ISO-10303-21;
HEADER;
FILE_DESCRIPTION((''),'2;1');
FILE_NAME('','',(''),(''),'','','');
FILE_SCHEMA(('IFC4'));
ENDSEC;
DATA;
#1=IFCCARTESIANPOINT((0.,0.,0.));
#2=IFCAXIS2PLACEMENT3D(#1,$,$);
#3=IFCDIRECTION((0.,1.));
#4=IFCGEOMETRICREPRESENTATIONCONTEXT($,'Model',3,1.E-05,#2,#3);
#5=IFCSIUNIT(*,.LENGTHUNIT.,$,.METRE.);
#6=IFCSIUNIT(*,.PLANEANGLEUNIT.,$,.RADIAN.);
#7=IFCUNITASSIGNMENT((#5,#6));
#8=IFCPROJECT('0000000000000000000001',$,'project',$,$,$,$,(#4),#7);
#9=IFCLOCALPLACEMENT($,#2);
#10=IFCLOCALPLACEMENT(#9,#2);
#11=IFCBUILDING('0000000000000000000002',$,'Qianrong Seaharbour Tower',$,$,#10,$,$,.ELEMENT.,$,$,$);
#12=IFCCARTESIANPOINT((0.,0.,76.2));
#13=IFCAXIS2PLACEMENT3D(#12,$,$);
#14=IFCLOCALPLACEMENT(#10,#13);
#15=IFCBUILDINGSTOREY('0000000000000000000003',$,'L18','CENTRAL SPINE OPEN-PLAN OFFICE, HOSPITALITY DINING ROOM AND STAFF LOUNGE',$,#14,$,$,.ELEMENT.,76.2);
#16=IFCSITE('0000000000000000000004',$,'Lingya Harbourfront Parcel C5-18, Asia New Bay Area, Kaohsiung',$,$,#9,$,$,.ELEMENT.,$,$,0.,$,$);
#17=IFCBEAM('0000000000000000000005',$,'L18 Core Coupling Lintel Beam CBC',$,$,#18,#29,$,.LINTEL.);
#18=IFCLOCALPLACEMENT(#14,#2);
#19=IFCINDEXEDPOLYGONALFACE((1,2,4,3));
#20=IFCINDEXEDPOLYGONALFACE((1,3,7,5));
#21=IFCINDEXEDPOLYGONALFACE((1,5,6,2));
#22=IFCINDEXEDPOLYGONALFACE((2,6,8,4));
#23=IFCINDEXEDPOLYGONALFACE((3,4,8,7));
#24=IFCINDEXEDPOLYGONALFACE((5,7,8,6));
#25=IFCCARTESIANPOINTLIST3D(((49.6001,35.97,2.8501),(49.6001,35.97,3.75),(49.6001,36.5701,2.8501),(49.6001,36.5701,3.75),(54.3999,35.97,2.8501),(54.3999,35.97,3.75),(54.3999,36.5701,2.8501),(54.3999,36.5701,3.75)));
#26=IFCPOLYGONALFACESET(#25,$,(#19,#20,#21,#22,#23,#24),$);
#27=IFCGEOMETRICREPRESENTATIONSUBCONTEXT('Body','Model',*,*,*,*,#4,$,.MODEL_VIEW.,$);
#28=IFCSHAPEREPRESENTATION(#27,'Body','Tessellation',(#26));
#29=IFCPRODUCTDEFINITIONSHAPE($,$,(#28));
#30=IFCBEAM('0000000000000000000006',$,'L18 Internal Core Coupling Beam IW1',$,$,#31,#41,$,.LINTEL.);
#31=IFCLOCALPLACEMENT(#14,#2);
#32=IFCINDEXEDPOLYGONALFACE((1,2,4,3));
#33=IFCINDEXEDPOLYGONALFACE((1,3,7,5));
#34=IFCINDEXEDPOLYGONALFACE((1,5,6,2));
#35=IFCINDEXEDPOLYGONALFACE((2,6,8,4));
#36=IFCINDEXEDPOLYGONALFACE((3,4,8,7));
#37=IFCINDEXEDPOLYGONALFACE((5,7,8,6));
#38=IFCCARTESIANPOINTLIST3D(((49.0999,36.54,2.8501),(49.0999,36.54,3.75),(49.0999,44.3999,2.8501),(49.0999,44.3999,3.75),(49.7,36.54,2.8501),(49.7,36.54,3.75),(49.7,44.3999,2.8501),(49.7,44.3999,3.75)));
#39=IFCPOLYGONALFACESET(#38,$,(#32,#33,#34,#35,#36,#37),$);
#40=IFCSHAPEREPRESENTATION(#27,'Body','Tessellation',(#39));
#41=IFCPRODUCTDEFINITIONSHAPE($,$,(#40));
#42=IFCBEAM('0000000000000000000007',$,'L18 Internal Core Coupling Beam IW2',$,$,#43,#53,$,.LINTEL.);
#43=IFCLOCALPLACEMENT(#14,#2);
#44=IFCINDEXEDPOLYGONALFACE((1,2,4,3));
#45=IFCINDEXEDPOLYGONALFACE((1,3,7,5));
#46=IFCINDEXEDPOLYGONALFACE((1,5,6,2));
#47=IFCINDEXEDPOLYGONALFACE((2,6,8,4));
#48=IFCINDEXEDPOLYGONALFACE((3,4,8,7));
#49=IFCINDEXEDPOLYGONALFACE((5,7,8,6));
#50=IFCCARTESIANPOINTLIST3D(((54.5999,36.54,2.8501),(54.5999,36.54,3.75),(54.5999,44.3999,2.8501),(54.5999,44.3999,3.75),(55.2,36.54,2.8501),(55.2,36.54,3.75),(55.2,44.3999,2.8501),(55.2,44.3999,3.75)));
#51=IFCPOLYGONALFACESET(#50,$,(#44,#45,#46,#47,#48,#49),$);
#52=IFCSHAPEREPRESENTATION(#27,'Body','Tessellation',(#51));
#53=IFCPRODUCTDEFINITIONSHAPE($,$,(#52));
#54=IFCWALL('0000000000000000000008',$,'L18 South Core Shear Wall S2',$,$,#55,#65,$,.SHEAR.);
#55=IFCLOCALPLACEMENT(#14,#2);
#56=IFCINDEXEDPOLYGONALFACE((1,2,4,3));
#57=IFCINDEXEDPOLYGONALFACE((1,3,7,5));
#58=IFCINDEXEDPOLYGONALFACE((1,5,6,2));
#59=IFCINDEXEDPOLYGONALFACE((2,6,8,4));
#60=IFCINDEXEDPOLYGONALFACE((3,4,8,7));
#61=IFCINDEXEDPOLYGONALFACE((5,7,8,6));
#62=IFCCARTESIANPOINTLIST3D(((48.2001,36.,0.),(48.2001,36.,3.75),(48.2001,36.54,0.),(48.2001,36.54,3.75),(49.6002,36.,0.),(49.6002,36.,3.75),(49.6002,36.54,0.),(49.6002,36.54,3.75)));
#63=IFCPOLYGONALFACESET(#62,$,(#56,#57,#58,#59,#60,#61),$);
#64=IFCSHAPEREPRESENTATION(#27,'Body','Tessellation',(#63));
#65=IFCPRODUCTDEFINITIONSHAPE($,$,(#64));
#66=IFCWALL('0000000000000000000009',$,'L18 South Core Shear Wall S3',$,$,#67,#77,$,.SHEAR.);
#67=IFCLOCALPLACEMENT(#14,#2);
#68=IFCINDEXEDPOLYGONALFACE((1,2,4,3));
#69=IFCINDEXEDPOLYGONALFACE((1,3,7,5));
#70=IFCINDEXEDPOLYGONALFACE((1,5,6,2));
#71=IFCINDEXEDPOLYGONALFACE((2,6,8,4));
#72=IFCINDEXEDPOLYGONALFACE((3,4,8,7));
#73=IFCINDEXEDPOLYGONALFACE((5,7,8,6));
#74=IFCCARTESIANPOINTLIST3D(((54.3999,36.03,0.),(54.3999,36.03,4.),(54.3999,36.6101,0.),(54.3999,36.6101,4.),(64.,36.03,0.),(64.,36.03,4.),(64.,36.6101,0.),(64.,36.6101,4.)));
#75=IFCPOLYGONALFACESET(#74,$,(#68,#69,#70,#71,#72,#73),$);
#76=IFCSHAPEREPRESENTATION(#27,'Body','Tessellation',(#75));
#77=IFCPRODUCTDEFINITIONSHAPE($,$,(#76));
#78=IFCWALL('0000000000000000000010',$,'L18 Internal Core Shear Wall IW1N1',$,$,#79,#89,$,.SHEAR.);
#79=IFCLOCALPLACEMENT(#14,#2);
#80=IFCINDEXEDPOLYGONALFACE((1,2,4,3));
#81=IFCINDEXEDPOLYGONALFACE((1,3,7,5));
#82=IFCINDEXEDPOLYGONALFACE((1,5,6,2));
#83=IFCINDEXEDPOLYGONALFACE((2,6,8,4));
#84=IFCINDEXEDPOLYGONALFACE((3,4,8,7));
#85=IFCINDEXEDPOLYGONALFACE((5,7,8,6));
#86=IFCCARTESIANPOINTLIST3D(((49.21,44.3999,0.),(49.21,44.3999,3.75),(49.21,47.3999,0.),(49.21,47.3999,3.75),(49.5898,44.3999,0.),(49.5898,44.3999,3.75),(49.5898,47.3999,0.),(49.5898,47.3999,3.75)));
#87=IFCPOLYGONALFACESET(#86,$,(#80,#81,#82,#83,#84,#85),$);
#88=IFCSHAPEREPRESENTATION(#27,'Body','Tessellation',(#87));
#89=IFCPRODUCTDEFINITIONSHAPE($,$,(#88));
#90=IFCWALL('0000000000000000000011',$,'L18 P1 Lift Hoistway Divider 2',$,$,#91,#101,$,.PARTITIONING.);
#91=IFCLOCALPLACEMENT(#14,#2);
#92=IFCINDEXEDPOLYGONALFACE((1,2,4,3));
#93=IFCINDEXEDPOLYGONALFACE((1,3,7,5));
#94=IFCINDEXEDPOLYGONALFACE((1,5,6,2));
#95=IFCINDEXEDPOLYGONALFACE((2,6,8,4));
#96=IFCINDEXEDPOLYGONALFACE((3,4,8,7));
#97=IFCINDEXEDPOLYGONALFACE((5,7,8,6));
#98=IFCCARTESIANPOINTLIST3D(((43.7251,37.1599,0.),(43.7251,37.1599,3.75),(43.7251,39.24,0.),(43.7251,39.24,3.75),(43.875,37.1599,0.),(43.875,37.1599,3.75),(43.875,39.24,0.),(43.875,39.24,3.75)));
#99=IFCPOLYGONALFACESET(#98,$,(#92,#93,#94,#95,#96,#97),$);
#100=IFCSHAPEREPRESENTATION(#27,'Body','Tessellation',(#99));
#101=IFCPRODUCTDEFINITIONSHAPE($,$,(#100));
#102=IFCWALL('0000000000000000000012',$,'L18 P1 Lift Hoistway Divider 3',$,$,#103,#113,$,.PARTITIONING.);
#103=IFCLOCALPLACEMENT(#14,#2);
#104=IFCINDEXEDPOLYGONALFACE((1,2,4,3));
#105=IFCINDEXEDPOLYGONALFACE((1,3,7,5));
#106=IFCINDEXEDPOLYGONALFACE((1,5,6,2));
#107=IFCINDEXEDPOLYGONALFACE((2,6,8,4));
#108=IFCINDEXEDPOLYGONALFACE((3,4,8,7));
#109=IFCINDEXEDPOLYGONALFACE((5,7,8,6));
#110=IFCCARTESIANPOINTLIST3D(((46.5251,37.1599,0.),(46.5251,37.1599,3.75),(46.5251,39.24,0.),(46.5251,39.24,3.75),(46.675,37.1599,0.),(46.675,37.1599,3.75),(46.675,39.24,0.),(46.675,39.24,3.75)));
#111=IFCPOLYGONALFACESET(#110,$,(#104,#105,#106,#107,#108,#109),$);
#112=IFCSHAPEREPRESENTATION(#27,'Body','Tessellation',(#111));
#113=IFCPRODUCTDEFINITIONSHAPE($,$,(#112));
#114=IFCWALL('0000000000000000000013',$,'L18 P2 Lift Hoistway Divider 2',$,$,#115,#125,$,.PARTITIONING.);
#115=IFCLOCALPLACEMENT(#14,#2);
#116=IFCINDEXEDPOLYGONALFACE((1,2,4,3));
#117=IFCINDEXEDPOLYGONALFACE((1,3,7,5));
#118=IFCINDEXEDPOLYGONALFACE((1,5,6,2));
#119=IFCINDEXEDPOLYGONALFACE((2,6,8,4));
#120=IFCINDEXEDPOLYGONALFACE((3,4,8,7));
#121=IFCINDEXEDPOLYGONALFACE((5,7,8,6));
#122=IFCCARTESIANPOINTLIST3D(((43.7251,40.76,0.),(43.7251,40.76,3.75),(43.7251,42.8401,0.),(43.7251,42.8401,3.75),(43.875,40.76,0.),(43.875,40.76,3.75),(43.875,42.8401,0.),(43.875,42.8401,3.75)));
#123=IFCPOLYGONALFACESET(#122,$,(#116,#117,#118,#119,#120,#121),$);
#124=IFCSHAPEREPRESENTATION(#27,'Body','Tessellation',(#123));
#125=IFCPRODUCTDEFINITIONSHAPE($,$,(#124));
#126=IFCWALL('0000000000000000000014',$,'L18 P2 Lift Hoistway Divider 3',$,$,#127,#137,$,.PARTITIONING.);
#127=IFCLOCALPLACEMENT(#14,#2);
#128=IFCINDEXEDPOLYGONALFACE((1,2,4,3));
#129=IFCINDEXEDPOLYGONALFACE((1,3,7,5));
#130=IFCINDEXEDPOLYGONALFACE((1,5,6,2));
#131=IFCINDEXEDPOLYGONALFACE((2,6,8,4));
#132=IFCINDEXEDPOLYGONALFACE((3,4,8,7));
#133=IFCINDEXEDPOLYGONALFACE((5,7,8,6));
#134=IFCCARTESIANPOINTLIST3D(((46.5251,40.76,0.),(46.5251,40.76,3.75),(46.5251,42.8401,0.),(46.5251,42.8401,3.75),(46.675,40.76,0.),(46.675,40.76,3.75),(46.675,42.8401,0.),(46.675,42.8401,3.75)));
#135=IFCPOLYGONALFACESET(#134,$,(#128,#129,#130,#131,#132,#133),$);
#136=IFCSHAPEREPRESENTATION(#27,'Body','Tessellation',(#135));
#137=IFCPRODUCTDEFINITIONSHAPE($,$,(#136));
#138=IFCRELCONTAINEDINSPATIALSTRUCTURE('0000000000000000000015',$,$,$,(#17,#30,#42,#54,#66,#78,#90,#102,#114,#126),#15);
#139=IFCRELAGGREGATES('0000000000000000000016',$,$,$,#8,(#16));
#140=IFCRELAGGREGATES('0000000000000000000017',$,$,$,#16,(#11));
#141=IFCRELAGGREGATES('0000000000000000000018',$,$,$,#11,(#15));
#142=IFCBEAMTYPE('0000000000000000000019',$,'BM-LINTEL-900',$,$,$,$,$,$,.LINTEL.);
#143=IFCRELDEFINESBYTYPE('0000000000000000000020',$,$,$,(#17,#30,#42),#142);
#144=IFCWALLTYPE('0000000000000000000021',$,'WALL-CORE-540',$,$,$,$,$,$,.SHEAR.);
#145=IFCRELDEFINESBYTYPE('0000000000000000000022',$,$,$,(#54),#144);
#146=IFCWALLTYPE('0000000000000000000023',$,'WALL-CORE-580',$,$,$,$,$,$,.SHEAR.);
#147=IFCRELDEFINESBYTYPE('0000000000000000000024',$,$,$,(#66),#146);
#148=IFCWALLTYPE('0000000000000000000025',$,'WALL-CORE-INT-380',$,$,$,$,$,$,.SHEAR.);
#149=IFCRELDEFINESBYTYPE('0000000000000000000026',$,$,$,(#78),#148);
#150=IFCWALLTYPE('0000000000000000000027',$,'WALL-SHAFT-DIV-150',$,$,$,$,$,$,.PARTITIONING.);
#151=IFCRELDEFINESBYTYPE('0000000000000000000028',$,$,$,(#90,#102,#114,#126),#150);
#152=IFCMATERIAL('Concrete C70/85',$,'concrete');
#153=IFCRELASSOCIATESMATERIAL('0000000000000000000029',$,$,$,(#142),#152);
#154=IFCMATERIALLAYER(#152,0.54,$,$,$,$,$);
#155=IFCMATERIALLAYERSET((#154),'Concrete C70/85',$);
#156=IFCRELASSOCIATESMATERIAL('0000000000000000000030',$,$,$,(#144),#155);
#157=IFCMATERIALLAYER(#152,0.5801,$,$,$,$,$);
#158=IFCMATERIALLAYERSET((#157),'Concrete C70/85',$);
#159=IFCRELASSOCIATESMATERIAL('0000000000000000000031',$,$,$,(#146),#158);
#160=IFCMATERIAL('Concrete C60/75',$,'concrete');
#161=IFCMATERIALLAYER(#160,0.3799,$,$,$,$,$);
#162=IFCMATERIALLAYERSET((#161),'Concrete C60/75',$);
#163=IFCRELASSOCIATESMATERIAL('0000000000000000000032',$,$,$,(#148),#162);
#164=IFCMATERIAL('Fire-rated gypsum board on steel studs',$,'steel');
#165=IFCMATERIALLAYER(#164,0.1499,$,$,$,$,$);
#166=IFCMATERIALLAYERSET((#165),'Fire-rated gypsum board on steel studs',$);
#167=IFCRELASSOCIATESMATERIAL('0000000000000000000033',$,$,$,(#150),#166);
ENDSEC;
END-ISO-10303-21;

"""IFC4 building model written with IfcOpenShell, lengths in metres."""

from ifc_helpers import new_model, si_unit, direction, frame, frame_2d, origin, origin_2d, place, context, subcontext, project, spatial, rectangle, extrude, material, layer, layer_set, material_profile, profile_set, type_object, element, save


model = new_model("IFC4")

# Units and contexts
model_context = context("Model", 3, precision=1e-05, world=origin(), true_north=direction((0.0, 1.0)))
body_context = subcontext(model_context, "Body", "Model", "MODEL_VIEW")
ifc_project = project(units=[si_unit("LENGTHUNIT", "METRE"), si_unit("PLANEANGLEUNIT", "RADIAN")], contexts=[model_context])

# Site, building, storey
site_placement = place(None, origin())
site = spatial("IfcSite", under=ifc_project, at=site_placement, Name="Lingya Harbourfront Parcel C5-18, Asia New Bay Area, Kaohsiung", CompositionType="ELEMENT", RefElevation=0.0)
building_placement = place(site_placement, origin())
building = spatial("IfcBuilding", under=site, at=building_placement, Name="Qianrong Seaharbour Tower", CompositionType="ELEMENT")
storey_placement = place(building_placement, frame((0.0, 0.0, 76.2)))
storey = spatial("IfcBuildingStorey", under=building, at=storey_placement, Name="L18", Description="CENTRAL SPINE OPEN-PLAN OFFICE, HOSPITALITY DINING ROOM AND STAFF LOUNGE", CompositionType="ELEMENT", Elevation=76.2)

# Beams
ifc_material_1 = material(Name="Concrete C70/85", Category="concrete")
ifc_material_profile = material_profile(ifc_material_1, rectangle(XDim=0.6001, YDim=0.8999, at=origin_2d()), Name="RC600x900")
ifc_profile_set = profile_set([ifc_material_profile], Name="Concrete C70/85")
beam_type = type_object("IfcBeamType", Name="BM-LINTEL-900", PredefinedType="LINTEL", material=ifc_profile_set)
beam_placement = place(storey_placement, frame((49.6001, 36.27, 3.3), z_axis=(1.0, 0.0, 0.0), x_axis=(0.0, 1.0, 0.0)))
element("IfcBeam", 1, at=beam_placement, inside=storey, type_object=beam_type, Name="L18 Core Coupling Lintel Beam CBC", PredefinedType="LINTEL", context=body_context, shape_type="SweptSolid", body=[
    extrude(rectangle(XDim=0.6001, YDim=0.8999, at=origin_2d()), origin(), (0.0, 0.0, 1.0), 4.7998),
])
for number, where, z_axis, x_axis, name in (
    (2, (49.3999, 36.54, 3.3), (0.0, 1.0, 0.0), (-1.0, 0.0, 0.0), "L18 Internal Core Coupling Beam IW1"),
    (3, (54.8999, 36.54, 3.3), (0.0, 1.0, 0.0), (-1.0, 0.0, 0.0), "L18 Internal Core Coupling Beam IW2"),
):
    element("IfcBeam", number, at=place(storey_placement, frame(where, z_axis=z_axis, x_axis=x_axis)), inside=storey, type_object=beam_type, Name=name, PredefinedType="LINTEL", context=body_context, shape_type="SweptSolid", body=[
        extrude(rectangle(XDim=0.6001, YDim=0.8999, at=origin_2d()), origin(), (0.0, 0.0, 1.0), 7.8599),
    ])

# Walls
ifc_layer_1 = layer(ifc_material_1, 0.54)
ifc_layer_set_1 = layer_set([ifc_layer_1], Name="Concrete C70/85")
wall_type_1 = type_object("IfcWallType", Name="WALL-CORE-540", PredefinedType="SHEAR", material=ifc_layer_set_1)
wall_1_placement = place(storey_placement, frame((48.2, 36.27, 0.0), z_axis=(0.0, 0.0, 1.0), x_axis=(1.0, 0.0, 0.0)))
element("IfcWall", 4, at=wall_1_placement, inside=storey, type_object=wall_type_1, Name="L18 South Core Shear Wall S2", PredefinedType="SHEAR", context=body_context, shape_type="SweptSolid", body=[
    extrude(rectangle(XDim=1.4001, YDim=0.54, at=frame_2d((0.7002, 0.0))), origin(), (0.0, 0.0, 1.0), 3.75),
])
ifc_layer_2 = layer(ifc_material_1, 0.5801)
ifc_layer_set_2 = layer_set([ifc_layer_2], Name="Concrete C70/85")
wall_type_2 = type_object("IfcWallType", Name="WALL-CORE-580", PredefinedType="SHEAR", material=ifc_layer_set_2)
wall_2_placement = place(storey_placement, frame((54.3999, 36.3201, 0.0), z_axis=(0.0, 0.0, 1.0), x_axis=(1.0, 0.0, 0.0)))
element("IfcWall", 5, at=wall_2_placement, inside=storey, type_object=wall_type_2, Name="L18 South Core Shear Wall S3", PredefinedType="SHEAR", context=body_context, shape_type="SweptSolid", body=[
    extrude(rectangle(XDim=9.6001, YDim=0.5801, at=frame_2d((4.8, 0.0))), origin(), (0.0, 0.0, 1.0), 4.0),
])
ifc_material_2 = material(Name="Concrete C60/75", Category="concrete")
ifc_layer_3 = layer(ifc_material_2, 0.3799)
ifc_layer_set_3 = layer_set([ifc_layer_3], Name="Concrete C60/75")
wall_type_3 = type_object("IfcWallType", Name="WALL-CORE-INT-380", PredefinedType="SHEAR", material=ifc_layer_set_3)
wall_3_placement = place(storey_placement, frame((49.3999, 44.3999, 0.0), z_axis=(0.0, 0.0, 1.0), x_axis=(0.0, 1.0, 0.0)))
element("IfcWall", 6, at=wall_3_placement, inside=storey, type_object=wall_type_3, Name="L18 Internal Core Shear Wall IW1N1", PredefinedType="SHEAR", context=body_context, shape_type="SweptSolid", body=[
    extrude(rectangle(XDim=3.0, YDim=0.3799, at=frame_2d((1.5, 0.0))), origin(), (0.0, 0.0, 1.0), 3.75),
])
ifc_material_3 = material(Name="Fire-rated gypsum board on steel studs", Category="steel")
ifc_layer_4 = layer(ifc_material_3, 0.1499)
ifc_layer_set_4 = layer_set([ifc_layer_4], Name="Fire-rated gypsum board on steel studs")
wall_type_4 = type_object("IfcWallType", Name="WALL-SHAFT-DIV-150", PredefinedType="PARTITIONING", material=ifc_layer_set_4)
for number, where, z_axis, x_axis, name in (
    (7, (43.8, 37.1599, 0.0), (0.0, 0.0, 1.0), (0.0, 1.0, 0.0), "L18 P1 Lift Hoistway Divider 2"),
    (8, (46.6001, 37.1599, 0.0), (0.0, 0.0, 1.0), (0.0, 1.0, 0.0), "L18 P1 Lift Hoistway Divider 3"),
    (9, (43.8, 40.76, 0.0), (0.0, 0.0, 1.0), (0.0, 1.0, 0.0), "L18 P2 Lift Hoistway Divider 2"),
    (10, (46.6001, 40.76, 0.0), (0.0, 0.0, 1.0), (0.0, 1.0, 0.0), "L18 P2 Lift Hoistway Divider 3"),
):
    element("IfcWall", number, at=place(storey_placement, frame(where, z_axis=z_axis, x_axis=x_axis)), inside=storey, type_object=wall_type_4, Name=name, PredefinedType="PARTITIONING", context=body_context, shape_type="SweptSolid", body=[
        extrude(rectangle(XDim=2.0801, YDim=0.1499, at=frame_2d((1.04, 0.0))), origin(), (0.0, 0.0, 1.0), 3.75),
    ])

save(model, "model.ifc")
